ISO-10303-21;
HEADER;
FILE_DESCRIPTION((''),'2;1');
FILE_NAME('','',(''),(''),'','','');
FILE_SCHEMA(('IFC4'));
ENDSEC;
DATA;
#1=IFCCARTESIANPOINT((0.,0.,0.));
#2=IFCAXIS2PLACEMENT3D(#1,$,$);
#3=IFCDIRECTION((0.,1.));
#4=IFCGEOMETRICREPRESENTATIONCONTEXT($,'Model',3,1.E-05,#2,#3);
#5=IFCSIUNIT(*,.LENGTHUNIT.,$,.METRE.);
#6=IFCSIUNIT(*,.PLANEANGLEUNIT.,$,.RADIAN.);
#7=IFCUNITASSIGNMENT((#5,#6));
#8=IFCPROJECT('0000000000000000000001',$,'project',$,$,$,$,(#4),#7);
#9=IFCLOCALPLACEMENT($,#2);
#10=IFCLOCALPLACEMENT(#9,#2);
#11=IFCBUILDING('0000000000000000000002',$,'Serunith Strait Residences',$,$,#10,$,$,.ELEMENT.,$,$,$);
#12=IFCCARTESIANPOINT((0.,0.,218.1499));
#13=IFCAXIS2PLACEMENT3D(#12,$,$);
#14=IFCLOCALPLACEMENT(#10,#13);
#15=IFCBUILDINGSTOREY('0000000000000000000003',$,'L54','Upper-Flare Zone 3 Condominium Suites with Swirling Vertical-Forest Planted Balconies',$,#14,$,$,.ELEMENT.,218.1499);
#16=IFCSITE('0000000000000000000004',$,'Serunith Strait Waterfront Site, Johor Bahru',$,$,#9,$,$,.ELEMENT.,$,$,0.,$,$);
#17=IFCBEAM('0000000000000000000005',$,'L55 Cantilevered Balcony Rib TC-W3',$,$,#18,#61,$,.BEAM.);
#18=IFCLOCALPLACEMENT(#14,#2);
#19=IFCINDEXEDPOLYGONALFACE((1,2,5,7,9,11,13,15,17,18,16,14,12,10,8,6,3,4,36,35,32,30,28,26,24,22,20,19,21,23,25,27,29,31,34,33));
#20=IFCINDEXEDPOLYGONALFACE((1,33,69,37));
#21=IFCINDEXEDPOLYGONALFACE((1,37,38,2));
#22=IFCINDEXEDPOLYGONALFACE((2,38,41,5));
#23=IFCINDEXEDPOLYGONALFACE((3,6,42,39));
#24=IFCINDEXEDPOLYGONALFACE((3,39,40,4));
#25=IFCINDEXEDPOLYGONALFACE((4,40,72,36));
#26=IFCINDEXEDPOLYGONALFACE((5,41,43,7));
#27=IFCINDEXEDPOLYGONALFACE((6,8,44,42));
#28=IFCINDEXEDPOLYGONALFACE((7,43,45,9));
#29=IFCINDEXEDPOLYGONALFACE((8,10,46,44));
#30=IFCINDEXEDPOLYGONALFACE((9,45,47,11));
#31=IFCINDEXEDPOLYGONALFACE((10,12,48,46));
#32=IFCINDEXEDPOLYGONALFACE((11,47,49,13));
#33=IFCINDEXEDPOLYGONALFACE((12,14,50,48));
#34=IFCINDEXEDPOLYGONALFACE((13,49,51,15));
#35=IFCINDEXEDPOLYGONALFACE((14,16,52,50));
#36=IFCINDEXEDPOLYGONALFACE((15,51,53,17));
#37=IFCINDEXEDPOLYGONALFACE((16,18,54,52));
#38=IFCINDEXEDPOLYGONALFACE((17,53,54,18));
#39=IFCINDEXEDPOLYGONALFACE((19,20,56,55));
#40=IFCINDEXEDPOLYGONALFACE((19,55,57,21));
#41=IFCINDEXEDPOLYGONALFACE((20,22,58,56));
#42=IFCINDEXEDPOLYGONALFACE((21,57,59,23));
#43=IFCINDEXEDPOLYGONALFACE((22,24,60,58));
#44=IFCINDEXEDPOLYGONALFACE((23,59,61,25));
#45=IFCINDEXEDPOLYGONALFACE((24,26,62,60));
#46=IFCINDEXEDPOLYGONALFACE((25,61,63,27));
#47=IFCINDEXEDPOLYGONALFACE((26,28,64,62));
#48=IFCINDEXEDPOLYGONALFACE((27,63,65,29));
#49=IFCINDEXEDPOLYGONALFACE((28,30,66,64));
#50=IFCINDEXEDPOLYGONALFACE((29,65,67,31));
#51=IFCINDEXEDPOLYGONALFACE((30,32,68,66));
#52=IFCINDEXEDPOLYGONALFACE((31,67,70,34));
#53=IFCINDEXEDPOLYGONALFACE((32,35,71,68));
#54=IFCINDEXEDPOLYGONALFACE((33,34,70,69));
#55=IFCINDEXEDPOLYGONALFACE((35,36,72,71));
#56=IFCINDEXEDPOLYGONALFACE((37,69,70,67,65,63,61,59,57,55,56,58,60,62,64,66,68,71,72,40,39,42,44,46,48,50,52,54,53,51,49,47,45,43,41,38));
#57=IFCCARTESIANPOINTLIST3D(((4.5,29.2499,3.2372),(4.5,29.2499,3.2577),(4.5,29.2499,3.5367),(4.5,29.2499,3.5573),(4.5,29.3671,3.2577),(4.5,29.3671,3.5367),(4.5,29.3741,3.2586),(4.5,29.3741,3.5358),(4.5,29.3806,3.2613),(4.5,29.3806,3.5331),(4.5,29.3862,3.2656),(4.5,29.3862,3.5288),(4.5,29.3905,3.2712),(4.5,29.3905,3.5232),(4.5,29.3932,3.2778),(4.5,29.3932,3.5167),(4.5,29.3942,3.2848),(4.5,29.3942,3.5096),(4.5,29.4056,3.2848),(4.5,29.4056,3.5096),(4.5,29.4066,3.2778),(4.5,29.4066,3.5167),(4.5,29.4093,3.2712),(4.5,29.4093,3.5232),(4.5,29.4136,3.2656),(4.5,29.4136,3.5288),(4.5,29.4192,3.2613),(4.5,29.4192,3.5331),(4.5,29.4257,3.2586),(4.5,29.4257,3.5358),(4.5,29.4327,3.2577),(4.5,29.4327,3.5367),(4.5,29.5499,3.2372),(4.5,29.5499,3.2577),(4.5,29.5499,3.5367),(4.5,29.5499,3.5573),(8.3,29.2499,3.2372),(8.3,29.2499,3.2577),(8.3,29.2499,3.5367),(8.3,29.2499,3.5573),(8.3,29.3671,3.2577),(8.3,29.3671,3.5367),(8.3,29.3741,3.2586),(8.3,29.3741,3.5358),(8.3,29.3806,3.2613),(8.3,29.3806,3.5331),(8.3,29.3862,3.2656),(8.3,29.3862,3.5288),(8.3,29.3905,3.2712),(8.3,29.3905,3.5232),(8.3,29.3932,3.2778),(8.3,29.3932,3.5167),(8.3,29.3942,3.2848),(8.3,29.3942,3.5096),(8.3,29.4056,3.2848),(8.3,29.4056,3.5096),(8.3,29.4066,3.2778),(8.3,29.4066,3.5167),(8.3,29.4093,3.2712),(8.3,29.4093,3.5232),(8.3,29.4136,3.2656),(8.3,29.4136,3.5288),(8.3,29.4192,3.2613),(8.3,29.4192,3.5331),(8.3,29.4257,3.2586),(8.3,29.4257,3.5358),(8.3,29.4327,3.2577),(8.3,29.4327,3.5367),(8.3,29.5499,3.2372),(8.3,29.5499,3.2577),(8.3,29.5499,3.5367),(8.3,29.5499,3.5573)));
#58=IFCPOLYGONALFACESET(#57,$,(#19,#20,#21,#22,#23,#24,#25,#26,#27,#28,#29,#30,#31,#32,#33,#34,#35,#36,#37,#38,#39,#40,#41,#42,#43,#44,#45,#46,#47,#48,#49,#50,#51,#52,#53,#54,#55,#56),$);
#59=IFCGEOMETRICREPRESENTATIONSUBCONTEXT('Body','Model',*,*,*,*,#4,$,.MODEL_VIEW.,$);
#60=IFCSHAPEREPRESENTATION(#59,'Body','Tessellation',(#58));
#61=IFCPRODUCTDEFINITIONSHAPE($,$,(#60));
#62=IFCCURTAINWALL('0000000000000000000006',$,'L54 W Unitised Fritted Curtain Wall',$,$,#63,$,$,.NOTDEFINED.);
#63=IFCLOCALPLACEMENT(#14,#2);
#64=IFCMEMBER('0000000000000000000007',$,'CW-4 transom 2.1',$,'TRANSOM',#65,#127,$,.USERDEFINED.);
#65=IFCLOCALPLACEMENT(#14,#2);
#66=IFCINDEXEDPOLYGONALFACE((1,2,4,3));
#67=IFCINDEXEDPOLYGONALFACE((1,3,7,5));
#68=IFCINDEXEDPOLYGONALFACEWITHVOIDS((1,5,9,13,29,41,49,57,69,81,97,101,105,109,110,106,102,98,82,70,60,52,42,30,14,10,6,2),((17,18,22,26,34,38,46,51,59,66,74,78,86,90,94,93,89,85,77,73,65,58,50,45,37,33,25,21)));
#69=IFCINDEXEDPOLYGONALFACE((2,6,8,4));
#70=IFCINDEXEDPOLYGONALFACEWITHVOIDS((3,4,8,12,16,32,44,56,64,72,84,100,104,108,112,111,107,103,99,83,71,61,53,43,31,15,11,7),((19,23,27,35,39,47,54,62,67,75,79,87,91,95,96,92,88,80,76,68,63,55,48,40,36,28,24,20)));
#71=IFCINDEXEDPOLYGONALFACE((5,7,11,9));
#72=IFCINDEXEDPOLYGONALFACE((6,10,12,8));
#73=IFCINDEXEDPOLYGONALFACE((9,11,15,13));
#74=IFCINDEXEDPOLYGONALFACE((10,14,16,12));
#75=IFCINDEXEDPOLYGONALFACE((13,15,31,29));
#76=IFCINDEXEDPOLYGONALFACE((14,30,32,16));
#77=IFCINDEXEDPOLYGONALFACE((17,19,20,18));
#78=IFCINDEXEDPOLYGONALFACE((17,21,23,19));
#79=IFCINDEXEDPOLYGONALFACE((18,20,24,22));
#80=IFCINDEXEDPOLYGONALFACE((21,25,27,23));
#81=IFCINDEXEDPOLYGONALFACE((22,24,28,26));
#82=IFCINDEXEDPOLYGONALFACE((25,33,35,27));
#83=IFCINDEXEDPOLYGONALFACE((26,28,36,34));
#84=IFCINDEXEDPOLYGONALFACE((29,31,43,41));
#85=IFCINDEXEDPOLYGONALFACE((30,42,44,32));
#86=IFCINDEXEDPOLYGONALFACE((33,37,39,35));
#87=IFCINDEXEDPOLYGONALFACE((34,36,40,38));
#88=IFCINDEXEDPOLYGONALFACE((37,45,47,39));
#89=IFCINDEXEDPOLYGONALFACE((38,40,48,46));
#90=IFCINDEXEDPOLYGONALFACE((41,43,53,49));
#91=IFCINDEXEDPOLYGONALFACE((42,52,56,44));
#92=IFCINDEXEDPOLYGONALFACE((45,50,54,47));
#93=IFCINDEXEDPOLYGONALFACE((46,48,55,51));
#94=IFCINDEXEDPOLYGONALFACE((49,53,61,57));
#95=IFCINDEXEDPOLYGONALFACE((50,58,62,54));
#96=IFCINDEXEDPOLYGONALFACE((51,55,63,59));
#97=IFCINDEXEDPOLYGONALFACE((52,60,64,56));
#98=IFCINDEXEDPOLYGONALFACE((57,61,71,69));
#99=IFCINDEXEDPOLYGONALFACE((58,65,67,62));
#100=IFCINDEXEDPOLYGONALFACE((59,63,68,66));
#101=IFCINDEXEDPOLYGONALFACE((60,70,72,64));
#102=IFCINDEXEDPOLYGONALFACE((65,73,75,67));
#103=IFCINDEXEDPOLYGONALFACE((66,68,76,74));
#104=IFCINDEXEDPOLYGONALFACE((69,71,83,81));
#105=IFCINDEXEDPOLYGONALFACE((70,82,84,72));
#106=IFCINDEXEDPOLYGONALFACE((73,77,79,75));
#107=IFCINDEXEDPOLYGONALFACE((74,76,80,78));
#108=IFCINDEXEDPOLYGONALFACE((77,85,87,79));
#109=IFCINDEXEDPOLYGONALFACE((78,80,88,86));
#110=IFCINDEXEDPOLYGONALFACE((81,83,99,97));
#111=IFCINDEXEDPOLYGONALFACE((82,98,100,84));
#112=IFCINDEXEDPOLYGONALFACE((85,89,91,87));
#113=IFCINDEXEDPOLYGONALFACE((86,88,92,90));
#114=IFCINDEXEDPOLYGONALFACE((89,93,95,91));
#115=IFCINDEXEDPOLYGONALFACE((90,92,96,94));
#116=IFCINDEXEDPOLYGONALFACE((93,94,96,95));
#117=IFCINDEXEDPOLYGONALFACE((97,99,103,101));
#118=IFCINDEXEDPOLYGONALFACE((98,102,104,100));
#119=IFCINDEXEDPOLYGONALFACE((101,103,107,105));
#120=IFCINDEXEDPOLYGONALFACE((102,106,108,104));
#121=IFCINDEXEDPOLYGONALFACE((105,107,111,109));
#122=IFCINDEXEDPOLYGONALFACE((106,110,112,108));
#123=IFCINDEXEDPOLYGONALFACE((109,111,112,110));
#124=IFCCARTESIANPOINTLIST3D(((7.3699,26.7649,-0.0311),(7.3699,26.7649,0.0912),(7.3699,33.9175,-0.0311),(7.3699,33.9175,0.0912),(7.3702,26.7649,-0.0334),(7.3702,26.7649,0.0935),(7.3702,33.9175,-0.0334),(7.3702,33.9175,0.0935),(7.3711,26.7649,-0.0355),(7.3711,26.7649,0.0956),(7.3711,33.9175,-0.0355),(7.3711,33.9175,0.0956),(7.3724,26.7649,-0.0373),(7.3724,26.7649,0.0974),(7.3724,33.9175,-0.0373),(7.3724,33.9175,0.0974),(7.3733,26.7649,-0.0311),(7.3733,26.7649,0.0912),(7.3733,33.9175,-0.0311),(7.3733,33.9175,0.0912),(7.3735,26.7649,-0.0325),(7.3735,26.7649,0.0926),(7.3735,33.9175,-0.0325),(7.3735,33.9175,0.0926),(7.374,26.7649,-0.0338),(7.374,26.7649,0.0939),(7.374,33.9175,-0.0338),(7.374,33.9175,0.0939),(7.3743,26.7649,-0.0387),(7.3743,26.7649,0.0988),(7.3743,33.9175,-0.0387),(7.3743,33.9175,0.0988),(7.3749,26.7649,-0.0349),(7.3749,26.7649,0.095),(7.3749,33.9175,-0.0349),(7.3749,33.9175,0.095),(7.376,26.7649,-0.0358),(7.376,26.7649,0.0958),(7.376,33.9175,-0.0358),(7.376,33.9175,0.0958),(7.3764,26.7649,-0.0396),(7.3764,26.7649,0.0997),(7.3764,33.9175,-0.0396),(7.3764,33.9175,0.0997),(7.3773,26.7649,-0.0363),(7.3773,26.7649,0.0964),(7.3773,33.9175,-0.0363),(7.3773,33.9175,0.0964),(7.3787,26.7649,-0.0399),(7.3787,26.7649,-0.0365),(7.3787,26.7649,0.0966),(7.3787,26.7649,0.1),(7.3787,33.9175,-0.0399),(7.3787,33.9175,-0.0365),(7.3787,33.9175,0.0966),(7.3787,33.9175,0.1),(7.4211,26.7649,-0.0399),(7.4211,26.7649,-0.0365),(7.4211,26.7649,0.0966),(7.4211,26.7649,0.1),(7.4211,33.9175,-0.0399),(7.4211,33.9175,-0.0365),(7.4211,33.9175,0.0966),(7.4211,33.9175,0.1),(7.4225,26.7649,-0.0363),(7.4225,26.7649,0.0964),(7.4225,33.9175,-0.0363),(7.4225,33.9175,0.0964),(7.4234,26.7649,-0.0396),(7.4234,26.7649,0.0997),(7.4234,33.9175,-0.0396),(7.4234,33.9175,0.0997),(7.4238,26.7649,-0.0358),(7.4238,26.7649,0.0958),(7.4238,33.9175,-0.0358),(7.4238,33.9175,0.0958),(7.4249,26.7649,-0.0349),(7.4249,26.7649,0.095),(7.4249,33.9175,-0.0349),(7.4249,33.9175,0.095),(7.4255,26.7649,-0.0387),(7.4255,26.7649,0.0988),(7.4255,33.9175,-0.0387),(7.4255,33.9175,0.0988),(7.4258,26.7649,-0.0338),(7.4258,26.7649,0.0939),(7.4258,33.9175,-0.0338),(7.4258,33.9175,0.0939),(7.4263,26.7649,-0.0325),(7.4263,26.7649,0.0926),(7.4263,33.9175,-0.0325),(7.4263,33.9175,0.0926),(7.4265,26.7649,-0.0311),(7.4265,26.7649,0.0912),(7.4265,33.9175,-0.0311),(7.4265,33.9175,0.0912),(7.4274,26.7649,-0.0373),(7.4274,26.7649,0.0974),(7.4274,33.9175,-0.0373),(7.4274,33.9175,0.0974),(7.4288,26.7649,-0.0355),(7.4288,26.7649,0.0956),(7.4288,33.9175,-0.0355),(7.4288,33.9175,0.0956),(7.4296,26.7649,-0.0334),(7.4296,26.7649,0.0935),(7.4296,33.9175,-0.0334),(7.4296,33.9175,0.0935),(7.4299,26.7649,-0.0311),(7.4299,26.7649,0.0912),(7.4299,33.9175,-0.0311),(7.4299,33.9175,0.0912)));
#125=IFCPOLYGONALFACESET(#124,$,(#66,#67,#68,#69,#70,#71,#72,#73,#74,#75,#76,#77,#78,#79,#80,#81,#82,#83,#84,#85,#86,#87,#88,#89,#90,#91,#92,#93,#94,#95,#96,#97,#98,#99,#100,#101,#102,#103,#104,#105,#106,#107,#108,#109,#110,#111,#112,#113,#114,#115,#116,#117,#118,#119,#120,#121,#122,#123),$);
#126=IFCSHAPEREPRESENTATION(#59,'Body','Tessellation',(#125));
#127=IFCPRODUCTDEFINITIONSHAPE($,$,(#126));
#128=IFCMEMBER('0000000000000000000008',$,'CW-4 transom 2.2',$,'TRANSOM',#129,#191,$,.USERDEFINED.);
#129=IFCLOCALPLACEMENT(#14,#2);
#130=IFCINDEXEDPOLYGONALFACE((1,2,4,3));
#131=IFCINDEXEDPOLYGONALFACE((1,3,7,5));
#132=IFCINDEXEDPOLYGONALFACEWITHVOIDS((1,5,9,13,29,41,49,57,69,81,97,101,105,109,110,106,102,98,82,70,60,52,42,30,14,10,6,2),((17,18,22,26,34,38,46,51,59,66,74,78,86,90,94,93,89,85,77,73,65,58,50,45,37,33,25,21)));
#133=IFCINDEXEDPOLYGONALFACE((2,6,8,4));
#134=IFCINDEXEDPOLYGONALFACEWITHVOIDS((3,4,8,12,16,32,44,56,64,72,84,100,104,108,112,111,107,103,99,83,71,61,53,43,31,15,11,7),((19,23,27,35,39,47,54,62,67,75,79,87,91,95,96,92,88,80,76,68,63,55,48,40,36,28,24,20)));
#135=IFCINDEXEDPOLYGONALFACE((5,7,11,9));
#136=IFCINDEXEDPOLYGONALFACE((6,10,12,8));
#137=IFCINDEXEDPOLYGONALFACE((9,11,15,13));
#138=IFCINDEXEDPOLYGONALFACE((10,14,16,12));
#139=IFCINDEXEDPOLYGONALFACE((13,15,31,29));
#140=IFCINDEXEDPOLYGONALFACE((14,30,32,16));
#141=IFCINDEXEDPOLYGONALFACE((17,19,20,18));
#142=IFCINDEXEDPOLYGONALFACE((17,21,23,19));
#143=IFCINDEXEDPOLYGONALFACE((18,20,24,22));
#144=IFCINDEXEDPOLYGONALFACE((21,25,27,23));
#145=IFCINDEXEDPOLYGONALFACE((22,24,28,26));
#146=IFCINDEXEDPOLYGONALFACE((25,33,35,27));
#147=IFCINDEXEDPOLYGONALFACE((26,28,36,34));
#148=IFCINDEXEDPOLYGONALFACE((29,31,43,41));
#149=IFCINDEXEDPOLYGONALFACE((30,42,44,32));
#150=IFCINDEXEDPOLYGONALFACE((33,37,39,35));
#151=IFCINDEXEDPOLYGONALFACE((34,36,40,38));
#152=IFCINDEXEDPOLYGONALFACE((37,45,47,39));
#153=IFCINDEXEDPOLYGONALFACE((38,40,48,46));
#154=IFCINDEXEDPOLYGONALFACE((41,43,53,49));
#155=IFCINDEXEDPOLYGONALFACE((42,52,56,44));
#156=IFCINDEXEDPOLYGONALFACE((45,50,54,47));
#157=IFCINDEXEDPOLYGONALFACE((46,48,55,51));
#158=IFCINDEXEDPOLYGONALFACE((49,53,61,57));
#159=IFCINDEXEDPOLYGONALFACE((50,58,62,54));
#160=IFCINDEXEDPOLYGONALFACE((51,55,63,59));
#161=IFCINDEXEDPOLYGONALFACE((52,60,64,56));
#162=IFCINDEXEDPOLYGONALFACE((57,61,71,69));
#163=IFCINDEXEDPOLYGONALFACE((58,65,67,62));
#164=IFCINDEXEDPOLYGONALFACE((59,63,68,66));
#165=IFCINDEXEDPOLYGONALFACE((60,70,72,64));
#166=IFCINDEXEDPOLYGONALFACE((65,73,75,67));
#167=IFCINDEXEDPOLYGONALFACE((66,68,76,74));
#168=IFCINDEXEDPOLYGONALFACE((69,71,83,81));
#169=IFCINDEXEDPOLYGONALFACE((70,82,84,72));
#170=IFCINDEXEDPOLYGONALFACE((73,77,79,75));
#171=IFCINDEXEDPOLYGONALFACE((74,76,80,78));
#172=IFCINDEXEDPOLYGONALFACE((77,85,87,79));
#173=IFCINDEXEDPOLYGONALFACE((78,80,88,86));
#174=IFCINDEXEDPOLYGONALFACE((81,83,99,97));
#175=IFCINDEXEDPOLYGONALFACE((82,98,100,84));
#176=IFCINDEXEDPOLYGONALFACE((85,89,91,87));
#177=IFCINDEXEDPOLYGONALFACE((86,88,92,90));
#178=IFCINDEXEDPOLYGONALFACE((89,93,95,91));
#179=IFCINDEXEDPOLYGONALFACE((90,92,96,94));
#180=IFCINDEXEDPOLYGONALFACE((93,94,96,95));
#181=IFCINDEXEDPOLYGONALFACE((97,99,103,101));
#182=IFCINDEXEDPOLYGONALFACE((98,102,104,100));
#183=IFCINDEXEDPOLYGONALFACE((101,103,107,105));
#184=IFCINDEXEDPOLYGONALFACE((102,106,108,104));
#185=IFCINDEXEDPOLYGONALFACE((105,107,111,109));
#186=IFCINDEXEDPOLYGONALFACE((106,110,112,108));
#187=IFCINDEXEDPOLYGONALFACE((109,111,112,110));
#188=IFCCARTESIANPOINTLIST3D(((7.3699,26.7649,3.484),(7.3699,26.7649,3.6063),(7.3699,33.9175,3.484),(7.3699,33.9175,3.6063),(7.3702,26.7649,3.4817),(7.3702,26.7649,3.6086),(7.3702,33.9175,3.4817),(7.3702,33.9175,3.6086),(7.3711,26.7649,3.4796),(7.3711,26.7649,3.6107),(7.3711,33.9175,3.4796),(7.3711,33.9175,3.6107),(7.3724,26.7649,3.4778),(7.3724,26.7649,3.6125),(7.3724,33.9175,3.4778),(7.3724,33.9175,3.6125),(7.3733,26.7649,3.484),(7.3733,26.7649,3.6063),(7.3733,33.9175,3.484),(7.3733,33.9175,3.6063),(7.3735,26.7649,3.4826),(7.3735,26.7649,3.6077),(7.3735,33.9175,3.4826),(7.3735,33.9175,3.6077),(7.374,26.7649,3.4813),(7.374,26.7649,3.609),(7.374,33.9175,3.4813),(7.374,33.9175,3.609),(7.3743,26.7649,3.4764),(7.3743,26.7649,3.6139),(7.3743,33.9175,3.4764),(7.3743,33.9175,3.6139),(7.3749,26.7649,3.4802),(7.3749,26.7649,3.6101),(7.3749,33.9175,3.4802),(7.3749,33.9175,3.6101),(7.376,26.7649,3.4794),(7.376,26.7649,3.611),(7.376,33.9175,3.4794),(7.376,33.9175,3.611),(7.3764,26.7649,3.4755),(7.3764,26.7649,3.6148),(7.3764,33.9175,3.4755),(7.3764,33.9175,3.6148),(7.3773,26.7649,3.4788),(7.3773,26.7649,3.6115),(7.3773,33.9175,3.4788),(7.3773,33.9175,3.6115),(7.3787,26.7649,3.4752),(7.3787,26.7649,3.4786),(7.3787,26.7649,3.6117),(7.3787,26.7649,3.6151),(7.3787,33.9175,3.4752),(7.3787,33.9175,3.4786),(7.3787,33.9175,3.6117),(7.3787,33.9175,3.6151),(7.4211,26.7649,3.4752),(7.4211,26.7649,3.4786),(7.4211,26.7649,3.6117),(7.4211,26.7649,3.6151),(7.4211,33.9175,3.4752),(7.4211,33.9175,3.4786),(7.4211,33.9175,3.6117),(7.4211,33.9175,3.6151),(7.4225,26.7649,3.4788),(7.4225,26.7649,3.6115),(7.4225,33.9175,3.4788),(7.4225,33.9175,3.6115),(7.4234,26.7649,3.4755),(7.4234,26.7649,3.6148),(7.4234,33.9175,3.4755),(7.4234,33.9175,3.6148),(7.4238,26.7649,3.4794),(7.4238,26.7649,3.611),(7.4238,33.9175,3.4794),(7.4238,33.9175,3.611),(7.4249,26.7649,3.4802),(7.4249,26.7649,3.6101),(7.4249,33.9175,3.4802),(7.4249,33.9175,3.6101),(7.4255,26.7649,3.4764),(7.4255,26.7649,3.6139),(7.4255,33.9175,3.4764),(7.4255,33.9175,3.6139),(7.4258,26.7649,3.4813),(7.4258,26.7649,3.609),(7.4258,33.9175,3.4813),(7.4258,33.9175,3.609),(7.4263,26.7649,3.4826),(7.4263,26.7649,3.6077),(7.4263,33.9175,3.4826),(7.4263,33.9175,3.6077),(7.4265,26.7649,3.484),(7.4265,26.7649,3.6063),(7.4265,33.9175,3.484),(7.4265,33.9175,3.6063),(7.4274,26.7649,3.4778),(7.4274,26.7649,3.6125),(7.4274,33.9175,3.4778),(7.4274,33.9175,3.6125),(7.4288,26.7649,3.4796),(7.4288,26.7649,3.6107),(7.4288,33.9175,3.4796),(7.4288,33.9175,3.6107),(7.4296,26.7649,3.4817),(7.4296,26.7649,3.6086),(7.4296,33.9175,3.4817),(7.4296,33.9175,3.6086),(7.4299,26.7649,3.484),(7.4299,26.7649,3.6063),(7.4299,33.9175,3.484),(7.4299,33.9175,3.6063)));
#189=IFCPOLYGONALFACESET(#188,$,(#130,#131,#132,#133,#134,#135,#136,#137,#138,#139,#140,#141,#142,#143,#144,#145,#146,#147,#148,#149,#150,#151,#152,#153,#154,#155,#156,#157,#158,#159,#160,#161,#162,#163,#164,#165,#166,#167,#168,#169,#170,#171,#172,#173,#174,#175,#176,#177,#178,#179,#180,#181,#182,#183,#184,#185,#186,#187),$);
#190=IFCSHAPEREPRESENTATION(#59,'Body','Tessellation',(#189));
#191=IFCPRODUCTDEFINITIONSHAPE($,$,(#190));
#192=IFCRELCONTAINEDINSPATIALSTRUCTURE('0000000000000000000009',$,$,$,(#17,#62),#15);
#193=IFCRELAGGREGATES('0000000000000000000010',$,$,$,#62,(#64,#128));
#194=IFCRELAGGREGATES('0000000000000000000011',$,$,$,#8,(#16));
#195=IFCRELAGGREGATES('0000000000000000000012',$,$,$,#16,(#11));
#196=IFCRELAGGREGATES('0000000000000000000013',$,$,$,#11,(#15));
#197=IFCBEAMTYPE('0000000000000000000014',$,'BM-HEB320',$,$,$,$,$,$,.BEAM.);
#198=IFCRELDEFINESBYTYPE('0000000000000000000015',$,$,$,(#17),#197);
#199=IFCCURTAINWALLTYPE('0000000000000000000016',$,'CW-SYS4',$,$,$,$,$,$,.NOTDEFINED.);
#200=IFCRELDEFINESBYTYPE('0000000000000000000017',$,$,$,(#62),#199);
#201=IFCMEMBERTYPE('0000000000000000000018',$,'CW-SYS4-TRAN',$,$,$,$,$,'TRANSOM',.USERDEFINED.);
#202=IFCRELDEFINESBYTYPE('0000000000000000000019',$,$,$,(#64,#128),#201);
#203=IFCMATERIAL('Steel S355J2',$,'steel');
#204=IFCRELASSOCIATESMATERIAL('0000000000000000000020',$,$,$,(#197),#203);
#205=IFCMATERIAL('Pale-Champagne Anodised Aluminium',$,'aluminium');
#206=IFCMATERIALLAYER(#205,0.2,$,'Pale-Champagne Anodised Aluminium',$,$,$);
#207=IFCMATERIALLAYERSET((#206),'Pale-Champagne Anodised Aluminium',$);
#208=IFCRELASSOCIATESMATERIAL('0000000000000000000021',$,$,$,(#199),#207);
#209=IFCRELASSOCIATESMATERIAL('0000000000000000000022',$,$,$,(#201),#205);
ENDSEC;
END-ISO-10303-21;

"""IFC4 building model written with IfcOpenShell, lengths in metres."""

from ifc_helpers import new_model, si_unit, direction, frame, origin, origin_2d, place, context, subcontext, project, spatial, hollow_rectangle, i_section, extrude, source, transform, mapped, material, layer, layer_set, material_profile, profile_set, type_object, element, aggregate, save


model = new_model("IFC4")

# Units and contexts
model_context = context("Model", 3, precision=1e-05, world=origin(), true_north=direction((0.0, 1.0)))
body_context = subcontext(model_context, "Body", "Model", "MODEL_VIEW")
ifc_project = project(units=[si_unit("LENGTHUNIT", "METRE"), si_unit("PLANEANGLEUNIT", "RADIAN")], contexts=[model_context])

# Site, building, storey
site_placement = place(None, origin())
site = spatial("IfcSite", under=ifc_project, at=site_placement, Name="Serunith Strait Waterfront Site, Johor Bahru", CompositionType="ELEMENT", RefElevation=0.0)
building_placement = place(site_placement, origin())
building = spatial("IfcBuilding", under=site, at=building_placement, Name="Serunith Strait Residences", CompositionType="ELEMENT")
storey_placement = place(building_placement, frame((0.0, 0.0, 218.1499)))
storey = spatial("IfcBuildingStorey", under=building, at=storey_placement, Name="L54", Description="Upper-Flare Zone 3 Condominium Suites with Swirling Vertical-Forest Planted Balconies", CompositionType="ELEMENT", Elevation=218.1499)

# Beam
ifc_material_1 = material(Name="Steel S355J2", Category="steel")
ifc_material_profile_1 = material_profile(ifc_material_1, i_section(OverallWidth=0.3, OverallDepth=0.3201, WebThickness=0.0115, FlangeThickness=0.0205, FilletRadius=0.0271, at=origin_2d()), Name="HEB 320")
ifc_profile_set_1 = profile_set([ifc_material_profile_1], Name="Steel S355J2")
beam_type_1 = type_object("IfcBeamType", Name="BM-HEB320", PredefinedType="BEAM", material=ifc_profile_set_1)
shared_shape_1 = source(origin(), body_context, "Body", "SweptSolid", [
    extrude(i_section(OverallWidth=0.3, OverallDepth=0.3201, WebThickness=0.0115, FlangeThickness=0.0205, FilletRadius=0.0271, at=origin_2d()), origin(), (0.0, 0.0, 1.0), 3.8),
])
beam_1_placement = place(storey_placement, frame((8.3, 29.3999, 3.3972), z_axis=(-1.0, 0.0, 0.0), x_axis=(0.0, -1.0, 0.0)))
element("IfcBeam", 1, at=beam_1_placement, inside=storey, type_object=beam_type_1, Name="L55 Cantilevered Balcony Rib TC-W3", PredefinedType="BEAM", context=body_context, shape_type="MappedRepresentation", body=[
    mapped(shared_shape_1, transform((0.0, 0.0, 0.0), scale=1.0)),
])

# Curtain wall, members
ifc_material_2 = material(Name="Pale-Champagne Anodised Aluminium", Category="aluminium")
ifc_layer_1 = layer(ifc_material_2, 0.2, Name="Pale-Champagne Anodised Aluminium")
ifc_layer_set_1 = layer_set([ifc_layer_1], Name="Pale-Champagne Anodised Aluminium")
curtain_wall_type = type_object("IfcCurtainWallType", Name="CW-SYS4", PredefinedType="NOTDEFINED", material=ifc_layer_set_1)
curtain_wall_placement = place(storey_placement, origin())
curtain_wall = element("IfcCurtainWall", 2, at=curtain_wall_placement, inside=storey, type_object=curtain_wall_type, Name="L54 W Unitised Fritted Curtain Wall", PredefinedType="NOTDEFINED")
ifc_material_profile_2 = material_profile(ifc_material_2, hollow_rectangle(XDim=0.0601, YDim=0.1399, WallThickness=0.0034, InnerFilletRadius=0.0054, OuterFilletRadius=0.0088, at=origin_2d()), Name="ALU 140x60x3.5")
ifc_profile_set_2 = profile_set([ifc_material_profile_2], Name="Pale-Champagne Anodised Aluminium")
member_type_1 = type_object("IfcMemberType", Name="CW-SYS4-TRAN", ElementType="TRANSOM", PredefinedType="USERDEFINED", material=ifc_profile_set_2)
shared_shape_2 = source(origin(), body_context, "Body", "SweptSolid", [
    extrude(hollow_rectangle(XDim=0.0601, YDim=0.1399, WallThickness=0.0034, InnerFilletRadius=0.0054, OuterFilletRadius=0.0088, at=origin_2d()), origin(), (0.0, 0.0, 1.0), 7.1526),
])
member_1_placement = place(storey_placement, frame((7.3999, 33.9175, 0.03), z_axis=(0.0, -1.0, 0.0), x_axis=(1.0, 0.0, 0.0)))
member_1 = element("IfcMember", 3, at=member_1_placement, type_object=member_type_1, Name="CW-4 transom 2.1", ObjectType="TRANSOM", PredefinedType="USERDEFINED", context=body_context, shape_type="MappedRepresentation", body=[
    mapped(shared_shape_2, transform((0.0, 0.0, 0.0), scale=1.0)),
])
member_2_placement = place(storey_placement, frame((7.3999, 33.9175, 3.5452), z_axis=(0.0, -1.0, 0.0), x_axis=(1.0, 0.0, 0.0)))
member_2 = element("IfcMember", 4, at=member_2_placement, type_object=member_type_1, Name="CW-4 transom 2.2", ObjectType="TRANSOM", PredefinedType="USERDEFINED", context=body_context, shape_type="MappedRepresentation", body=[
    mapped(shared_shape_2, transform((0.0, 0.0, 0.0), scale=1.0)),
])
aggregate(curtain_wall, [member_1, member_2])

save(model, "model.ifc")
